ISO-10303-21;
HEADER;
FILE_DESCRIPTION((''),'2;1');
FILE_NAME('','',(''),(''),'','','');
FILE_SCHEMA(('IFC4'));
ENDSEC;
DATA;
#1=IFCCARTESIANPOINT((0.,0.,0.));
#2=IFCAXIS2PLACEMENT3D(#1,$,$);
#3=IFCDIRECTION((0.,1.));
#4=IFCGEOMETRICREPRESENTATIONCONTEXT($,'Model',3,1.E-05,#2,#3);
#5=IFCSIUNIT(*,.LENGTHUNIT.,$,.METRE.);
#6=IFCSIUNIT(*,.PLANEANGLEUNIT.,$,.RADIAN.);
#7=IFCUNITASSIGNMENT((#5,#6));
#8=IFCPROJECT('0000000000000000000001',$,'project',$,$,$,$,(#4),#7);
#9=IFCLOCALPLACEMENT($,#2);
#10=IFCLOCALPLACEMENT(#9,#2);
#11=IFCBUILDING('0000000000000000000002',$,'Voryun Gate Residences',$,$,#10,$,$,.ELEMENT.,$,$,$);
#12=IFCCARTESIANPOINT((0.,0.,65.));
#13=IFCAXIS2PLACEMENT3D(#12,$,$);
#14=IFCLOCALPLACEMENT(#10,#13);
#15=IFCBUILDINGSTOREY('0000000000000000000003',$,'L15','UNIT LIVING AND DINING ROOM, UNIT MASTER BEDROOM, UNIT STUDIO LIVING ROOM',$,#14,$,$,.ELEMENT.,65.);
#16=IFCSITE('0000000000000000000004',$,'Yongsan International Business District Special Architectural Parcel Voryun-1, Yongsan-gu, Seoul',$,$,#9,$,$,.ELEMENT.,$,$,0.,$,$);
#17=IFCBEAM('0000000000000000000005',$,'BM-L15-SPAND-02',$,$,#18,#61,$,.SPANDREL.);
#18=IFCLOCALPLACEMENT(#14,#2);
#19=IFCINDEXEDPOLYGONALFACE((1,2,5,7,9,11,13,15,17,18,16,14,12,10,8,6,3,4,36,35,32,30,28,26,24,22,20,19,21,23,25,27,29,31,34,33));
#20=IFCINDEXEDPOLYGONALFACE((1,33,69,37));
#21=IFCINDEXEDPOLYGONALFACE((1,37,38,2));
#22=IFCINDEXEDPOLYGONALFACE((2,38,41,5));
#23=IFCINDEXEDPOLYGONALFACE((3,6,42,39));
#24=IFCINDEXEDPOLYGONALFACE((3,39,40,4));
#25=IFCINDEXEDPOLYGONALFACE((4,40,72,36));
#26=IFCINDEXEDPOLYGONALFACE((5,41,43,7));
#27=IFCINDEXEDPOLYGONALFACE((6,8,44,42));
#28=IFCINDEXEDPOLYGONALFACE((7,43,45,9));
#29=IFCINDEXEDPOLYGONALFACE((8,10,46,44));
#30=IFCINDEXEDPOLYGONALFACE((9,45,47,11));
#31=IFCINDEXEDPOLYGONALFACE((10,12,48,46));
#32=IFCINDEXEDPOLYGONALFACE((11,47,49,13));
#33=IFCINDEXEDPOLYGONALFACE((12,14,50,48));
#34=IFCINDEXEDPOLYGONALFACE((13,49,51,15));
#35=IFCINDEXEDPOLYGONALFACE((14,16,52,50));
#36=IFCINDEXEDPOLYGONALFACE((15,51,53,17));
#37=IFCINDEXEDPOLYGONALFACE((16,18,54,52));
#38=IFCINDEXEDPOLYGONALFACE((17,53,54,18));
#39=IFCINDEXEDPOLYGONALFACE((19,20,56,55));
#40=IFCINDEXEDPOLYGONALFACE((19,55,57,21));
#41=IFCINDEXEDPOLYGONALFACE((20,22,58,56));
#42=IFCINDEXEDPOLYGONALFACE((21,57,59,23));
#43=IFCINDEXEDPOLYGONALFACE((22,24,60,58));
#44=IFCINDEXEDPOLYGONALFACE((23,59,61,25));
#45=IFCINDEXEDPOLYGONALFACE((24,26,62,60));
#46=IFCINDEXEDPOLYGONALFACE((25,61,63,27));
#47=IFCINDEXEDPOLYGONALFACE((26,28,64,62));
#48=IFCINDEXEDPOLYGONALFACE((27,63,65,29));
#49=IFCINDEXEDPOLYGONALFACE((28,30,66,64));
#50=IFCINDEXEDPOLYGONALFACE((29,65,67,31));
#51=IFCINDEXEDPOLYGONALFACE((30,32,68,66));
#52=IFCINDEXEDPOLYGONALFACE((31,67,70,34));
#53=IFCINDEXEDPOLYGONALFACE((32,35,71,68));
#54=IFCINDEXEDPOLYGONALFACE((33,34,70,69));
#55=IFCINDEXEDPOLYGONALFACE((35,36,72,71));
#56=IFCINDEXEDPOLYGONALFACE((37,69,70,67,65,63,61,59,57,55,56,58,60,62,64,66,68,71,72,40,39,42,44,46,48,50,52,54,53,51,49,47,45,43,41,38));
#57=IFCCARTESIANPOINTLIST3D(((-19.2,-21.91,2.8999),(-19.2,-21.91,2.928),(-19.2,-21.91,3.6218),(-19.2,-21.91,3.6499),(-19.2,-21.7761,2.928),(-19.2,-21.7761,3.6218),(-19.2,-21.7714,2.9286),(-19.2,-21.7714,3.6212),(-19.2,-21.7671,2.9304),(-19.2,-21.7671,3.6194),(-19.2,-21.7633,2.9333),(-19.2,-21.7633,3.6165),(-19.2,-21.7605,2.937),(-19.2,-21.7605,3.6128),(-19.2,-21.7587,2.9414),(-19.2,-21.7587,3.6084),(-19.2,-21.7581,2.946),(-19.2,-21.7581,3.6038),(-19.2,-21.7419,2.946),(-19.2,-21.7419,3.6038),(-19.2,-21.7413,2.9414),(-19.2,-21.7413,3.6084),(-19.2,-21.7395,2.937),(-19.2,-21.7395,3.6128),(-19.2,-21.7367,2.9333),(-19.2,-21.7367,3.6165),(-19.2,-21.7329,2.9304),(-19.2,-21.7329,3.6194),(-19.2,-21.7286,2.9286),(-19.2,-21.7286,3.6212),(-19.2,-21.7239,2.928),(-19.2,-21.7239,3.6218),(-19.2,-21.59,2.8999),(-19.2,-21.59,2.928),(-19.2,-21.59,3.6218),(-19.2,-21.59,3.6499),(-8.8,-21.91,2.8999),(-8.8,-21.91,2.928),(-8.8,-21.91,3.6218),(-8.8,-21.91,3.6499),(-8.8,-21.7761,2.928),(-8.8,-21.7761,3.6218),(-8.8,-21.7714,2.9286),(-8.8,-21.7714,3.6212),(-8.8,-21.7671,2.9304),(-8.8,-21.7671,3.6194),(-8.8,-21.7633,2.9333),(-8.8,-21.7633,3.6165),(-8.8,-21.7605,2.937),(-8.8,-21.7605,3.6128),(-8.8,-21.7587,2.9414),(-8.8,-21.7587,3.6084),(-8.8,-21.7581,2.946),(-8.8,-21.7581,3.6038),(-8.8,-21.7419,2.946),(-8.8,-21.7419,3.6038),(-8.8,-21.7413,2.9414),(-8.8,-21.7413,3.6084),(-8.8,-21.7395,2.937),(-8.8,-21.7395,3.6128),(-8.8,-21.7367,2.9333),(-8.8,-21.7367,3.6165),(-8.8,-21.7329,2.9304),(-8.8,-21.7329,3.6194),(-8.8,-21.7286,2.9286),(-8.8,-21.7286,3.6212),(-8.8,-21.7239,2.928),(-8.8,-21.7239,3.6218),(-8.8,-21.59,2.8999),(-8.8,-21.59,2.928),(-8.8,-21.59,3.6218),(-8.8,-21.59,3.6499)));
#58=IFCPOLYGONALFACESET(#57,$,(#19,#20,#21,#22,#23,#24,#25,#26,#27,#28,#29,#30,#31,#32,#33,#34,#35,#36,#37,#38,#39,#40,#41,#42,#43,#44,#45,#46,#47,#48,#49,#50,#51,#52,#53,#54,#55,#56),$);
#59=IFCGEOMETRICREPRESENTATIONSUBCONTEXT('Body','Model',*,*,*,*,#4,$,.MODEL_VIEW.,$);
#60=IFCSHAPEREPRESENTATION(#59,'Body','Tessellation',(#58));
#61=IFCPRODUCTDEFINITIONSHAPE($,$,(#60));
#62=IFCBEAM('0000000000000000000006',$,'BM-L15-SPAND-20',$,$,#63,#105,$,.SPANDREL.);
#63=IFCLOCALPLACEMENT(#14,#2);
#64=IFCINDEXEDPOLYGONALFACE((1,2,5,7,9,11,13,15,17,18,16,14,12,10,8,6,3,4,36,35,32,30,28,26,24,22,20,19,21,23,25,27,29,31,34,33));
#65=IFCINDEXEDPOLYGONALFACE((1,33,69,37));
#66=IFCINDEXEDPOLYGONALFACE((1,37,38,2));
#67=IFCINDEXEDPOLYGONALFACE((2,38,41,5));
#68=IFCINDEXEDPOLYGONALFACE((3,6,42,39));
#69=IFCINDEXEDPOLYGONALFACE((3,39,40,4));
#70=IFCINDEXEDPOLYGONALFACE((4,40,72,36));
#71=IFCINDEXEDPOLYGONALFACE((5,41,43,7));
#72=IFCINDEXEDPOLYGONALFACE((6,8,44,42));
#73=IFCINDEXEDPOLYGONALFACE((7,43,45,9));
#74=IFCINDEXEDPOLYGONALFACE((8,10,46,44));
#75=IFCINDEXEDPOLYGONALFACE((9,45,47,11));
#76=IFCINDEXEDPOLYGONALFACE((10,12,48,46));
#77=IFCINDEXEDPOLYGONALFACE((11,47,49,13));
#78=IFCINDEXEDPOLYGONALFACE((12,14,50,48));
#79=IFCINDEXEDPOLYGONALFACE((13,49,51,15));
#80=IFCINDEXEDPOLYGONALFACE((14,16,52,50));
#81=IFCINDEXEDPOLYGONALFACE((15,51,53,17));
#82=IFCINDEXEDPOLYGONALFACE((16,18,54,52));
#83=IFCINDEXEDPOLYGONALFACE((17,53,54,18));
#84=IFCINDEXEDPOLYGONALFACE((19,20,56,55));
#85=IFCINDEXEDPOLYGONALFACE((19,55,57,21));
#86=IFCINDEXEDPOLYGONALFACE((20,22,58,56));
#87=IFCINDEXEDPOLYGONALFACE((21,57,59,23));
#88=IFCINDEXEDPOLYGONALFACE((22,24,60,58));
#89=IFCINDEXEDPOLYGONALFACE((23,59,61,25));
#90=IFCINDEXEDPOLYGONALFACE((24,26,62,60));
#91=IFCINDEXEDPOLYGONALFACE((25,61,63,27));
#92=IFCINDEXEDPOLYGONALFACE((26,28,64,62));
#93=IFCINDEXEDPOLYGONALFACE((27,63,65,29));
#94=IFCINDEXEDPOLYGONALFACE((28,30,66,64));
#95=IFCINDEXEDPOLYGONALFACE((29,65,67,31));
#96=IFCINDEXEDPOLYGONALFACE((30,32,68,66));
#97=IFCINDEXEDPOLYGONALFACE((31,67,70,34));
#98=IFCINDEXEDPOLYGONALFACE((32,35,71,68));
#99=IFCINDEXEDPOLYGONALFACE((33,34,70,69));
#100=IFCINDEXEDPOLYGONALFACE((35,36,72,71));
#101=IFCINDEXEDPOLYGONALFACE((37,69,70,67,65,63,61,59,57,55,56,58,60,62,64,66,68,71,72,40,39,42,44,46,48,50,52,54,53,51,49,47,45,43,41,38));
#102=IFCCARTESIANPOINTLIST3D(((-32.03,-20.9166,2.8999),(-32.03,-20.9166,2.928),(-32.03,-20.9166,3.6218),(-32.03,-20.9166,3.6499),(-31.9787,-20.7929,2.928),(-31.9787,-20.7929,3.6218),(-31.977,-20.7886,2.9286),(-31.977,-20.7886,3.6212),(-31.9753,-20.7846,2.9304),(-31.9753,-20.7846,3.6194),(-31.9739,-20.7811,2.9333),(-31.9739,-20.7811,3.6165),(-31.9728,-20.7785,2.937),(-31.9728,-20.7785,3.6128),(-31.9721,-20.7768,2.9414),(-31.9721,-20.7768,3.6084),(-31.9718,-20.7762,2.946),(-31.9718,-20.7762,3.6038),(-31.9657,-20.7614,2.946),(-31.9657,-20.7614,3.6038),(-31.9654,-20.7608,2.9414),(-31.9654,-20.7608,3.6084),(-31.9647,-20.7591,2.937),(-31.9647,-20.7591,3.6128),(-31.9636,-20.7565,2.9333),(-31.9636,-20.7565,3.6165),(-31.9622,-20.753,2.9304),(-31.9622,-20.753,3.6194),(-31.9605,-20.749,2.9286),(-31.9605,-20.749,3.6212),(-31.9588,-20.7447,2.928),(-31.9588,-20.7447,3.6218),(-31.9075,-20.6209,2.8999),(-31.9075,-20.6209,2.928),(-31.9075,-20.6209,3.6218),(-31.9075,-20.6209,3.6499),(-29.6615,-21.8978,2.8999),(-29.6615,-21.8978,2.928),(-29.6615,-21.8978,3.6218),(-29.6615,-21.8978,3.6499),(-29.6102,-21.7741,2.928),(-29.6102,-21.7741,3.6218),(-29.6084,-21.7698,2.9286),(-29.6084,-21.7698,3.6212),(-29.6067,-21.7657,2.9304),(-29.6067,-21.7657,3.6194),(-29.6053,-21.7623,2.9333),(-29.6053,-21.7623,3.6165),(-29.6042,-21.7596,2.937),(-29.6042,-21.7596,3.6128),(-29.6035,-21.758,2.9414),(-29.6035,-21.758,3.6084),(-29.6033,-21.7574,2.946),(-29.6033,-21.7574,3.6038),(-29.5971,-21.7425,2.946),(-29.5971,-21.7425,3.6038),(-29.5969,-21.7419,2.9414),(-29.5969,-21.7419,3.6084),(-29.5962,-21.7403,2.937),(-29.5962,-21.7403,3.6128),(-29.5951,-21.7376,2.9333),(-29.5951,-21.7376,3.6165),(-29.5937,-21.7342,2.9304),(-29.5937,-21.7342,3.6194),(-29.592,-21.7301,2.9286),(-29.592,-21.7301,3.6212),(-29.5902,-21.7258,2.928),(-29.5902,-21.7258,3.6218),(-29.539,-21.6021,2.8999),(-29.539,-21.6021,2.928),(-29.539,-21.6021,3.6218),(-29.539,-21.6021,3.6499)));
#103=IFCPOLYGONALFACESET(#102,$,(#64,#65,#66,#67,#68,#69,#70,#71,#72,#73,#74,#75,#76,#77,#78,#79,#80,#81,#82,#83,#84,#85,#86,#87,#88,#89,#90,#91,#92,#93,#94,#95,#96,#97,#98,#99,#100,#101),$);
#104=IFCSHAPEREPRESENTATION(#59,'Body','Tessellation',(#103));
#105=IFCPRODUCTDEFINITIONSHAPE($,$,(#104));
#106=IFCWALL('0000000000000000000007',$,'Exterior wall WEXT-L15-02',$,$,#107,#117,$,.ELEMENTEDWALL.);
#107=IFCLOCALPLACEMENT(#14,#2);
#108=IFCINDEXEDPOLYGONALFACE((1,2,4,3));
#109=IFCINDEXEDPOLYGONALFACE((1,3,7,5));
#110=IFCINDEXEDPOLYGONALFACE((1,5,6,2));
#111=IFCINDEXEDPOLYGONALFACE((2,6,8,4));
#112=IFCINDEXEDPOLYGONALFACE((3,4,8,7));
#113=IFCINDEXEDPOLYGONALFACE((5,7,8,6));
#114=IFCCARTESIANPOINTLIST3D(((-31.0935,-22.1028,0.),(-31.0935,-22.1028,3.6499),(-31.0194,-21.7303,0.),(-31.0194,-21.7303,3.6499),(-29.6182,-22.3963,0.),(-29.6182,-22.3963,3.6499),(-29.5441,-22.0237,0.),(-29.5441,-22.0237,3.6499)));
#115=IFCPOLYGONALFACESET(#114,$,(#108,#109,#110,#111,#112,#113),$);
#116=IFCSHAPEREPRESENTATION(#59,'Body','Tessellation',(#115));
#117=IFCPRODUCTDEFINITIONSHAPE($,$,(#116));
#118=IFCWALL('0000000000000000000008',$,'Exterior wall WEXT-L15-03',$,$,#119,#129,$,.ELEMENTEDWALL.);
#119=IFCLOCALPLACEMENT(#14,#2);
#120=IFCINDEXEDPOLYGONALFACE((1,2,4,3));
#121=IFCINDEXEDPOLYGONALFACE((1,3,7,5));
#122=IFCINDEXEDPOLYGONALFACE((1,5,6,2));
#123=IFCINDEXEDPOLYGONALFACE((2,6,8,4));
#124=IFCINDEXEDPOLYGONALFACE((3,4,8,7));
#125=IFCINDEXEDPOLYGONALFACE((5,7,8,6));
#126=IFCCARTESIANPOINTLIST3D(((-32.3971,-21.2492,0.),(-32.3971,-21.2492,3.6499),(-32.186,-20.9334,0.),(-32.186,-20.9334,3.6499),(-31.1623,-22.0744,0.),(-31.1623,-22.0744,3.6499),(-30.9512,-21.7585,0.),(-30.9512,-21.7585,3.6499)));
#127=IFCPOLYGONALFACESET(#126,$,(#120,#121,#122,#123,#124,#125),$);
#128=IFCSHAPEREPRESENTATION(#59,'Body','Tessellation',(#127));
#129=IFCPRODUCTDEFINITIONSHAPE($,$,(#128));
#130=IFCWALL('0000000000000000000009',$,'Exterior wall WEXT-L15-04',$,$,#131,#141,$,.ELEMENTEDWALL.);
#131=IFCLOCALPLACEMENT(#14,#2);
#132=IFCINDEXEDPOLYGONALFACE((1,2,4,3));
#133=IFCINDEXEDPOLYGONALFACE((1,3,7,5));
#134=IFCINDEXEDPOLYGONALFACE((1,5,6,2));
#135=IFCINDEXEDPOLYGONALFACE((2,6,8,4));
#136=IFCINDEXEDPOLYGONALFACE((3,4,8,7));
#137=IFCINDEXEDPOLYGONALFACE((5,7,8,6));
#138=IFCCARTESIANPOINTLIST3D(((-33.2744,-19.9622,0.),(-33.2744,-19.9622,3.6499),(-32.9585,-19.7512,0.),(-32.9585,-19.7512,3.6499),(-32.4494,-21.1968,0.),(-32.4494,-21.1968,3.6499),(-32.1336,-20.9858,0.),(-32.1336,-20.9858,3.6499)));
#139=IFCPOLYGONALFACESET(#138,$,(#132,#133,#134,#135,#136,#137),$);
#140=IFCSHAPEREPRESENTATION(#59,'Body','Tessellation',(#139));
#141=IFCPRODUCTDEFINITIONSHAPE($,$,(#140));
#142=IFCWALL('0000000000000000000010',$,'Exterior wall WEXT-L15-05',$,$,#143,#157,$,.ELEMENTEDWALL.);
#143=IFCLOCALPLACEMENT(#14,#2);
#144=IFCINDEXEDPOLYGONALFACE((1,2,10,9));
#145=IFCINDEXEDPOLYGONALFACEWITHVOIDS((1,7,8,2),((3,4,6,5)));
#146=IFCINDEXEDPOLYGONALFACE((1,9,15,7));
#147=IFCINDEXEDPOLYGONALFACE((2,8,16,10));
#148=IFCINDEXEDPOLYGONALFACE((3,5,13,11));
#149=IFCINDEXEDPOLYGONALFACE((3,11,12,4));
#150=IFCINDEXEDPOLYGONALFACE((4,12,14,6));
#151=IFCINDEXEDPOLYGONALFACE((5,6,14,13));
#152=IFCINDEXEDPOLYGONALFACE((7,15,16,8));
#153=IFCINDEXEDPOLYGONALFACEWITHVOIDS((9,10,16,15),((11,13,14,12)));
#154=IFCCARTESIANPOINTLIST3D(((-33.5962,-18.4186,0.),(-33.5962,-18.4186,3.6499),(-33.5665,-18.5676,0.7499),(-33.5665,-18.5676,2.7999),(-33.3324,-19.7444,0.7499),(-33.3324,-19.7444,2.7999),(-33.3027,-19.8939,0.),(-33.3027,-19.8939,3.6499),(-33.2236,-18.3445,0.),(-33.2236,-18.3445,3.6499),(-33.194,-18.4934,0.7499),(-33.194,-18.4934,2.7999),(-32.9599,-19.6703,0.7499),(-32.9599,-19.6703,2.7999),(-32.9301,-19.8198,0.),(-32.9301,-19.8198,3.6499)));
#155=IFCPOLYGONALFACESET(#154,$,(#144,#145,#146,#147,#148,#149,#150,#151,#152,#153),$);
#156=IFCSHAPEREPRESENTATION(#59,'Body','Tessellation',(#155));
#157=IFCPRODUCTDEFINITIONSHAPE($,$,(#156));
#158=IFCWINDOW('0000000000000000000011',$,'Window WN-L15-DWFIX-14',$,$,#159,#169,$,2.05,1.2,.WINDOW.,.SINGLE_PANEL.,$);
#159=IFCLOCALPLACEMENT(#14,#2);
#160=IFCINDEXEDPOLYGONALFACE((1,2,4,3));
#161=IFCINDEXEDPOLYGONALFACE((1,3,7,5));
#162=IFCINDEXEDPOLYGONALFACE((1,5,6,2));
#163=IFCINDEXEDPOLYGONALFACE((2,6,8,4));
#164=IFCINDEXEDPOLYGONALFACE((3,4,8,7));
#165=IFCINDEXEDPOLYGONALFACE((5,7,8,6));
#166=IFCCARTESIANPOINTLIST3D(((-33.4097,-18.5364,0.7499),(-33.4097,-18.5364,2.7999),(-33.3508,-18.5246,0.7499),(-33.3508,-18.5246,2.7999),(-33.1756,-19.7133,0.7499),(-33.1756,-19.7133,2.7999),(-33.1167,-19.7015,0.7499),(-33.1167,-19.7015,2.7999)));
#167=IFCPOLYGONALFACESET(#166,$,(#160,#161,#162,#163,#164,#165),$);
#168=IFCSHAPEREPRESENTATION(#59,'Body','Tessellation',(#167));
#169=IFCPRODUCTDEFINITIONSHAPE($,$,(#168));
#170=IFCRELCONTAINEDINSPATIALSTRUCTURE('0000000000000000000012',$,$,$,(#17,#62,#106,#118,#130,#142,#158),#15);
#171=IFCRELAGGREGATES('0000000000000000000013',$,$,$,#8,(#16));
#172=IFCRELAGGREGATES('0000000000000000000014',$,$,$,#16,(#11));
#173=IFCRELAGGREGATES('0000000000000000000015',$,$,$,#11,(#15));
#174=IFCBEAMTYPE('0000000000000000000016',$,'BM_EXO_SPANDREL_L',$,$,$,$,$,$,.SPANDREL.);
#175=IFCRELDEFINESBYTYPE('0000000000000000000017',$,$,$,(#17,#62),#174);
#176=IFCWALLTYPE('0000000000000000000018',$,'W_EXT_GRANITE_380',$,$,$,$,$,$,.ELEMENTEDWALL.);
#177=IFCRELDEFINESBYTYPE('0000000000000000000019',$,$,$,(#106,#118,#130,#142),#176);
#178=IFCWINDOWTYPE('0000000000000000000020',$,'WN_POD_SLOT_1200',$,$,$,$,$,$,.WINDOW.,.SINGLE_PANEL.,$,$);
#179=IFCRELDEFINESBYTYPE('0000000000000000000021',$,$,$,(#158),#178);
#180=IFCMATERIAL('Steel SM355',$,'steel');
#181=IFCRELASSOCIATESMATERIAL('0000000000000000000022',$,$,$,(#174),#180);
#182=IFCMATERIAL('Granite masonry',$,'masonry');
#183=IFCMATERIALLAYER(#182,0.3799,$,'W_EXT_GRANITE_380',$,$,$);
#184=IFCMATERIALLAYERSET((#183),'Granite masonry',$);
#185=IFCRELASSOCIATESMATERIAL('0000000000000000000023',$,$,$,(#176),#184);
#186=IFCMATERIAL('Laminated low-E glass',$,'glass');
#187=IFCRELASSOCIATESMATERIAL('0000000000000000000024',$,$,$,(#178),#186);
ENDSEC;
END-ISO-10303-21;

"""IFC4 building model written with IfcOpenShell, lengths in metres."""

from ifc_helpers import new_model, si_unit, direction, frame, frame_2d, origin, origin_2d, place, context, subcontext, project, spatial, rectangle, i_section, extrude, material, layer, layer_set, material_profile, profile_set, type_object, element, fill, save


model = new_model("IFC4")

# Units and contexts
model_context = context("Model", 3, precision=1e-05, world=origin(), true_north=direction((0.0, 1.0)))
body_context = subcontext(model_context, "Body", "Model", "MODEL_VIEW")
ifc_project = project(units=[si_unit("LENGTHUNIT", "METRE"), si_unit("PLANEANGLEUNIT", "RADIAN")], contexts=[model_context])

# Site, building, storey
site_placement = place(None, origin())
site = spatial("IfcSite", under=ifc_project, at=site_placement, Name="Yongsan International Business District Special Architectural Parcel Voryun-1, Yongsan-gu, Seoul", CompositionType="ELEMENT", RefElevation=0.0)
building_placement = place(site_placement, origin())
building = spatial("IfcBuilding", under=site, at=building_placement, Name="Voryun Gate Residences", CompositionType="ELEMENT")
storey_placement = place(building_placement, frame((0.0, 0.0, 65.0)))
storey = spatial("IfcBuildingStorey", under=building, at=storey_placement, Name="L15", Description="UNIT LIVING AND DINING ROOM, UNIT MASTER BEDROOM, UNIT STUDIO LIVING ROOM", CompositionType="ELEMENT", Elevation=65.0)

# Beams
ifc_material_1 = material(Name="Steel SM355", Category="steel")
ifc_material_profile_1 = material_profile(ifc_material_1, i_section(OverallWidth=0.3201, OverallDepth=0.75, WebThickness=0.0161, FlangeThickness=0.0281, FilletRadius=0.0181, at=origin_2d()), Name="H-750x320x16x28")
ifc_profile_set_1 = profile_set([ifc_material_profile_1], Name="Steel SM355")
beam_type = type_object("IfcBeamType", Name="BM_EXO_SPANDREL_L", PredefinedType="SPANDREL", material=ifc_profile_set_1)
beam_1_placement = place(storey_placement, frame((-19.2, -21.75, 3.2749), z_axis=(1.0, 0.0, 0.0), x_axis=(0.0, 1.0, 0.0)))
element("IfcBeam", 1, at=beam_1_placement, inside=storey, type_object=beam_type, Name="BM-L15-SPAND-02", PredefinedType="SPANDREL", context=body_context, shape_type="SweptSolid", body=[
    extrude(i_section(OverallWidth=0.3201, OverallDepth=0.75, WebThickness=0.0161, FlangeThickness=0.0281, FilletRadius=0.0181, at=origin_2d()), origin(), (0.0, 0.0, 1.0), 10.3999),
])
beam_2_placement = place(storey_placement, frame((-31.9688, -20.7688, 3.2749), z_axis=(0.923869, -0.382708, 0.0), x_axis=(0.382708, 0.923869, 0.0)))
element("IfcBeam", 2, at=beam_2_placement, inside=storey, type_object=beam_type, Name="BM-L15-SPAND-20", PredefinedType="SPANDREL", context=body_context, shape_type="SweptSolid", body=[
    extrude(i_section(OverallWidth=0.3201, OverallDepth=0.75, WebThickness=0.0161, FlangeThickness=0.0281, FilletRadius=0.0181, at=origin_2d()), origin(), (0.0, 0.0, 1.0), 2.5637),
])

# Walls
ifc_material_2 = material(Name="Granite masonry", Category="masonry")
ifc_layer_1 = layer(ifc_material_2, 0.3799, Name="W_EXT_GRANITE_380")
ifc_layer_set_1 = layer_set([ifc_layer_1], Name="Granite masonry")
wall_type_1 = type_object("IfcWallType", Name="W_EXT_GRANITE_380", PredefinedType="ELEMENTEDWALL", material=ifc_layer_set_1)
wall_1_placement = place(storey_placement, frame((-29.5813, -22.21, 0.0), z_axis=(0.0, 0.0, 1.0), x_axis=(-0.980786, 0.195086, 0.0)))
element("IfcWall", 3, at=wall_1_placement, inside=storey, type_object=wall_type_1, Name="Exterior wall WEXT-L15-02", PredefinedType="ELEMENTEDWALL", context=body_context, shape_type="SweptSolid", body=[
    extrude(rectangle(XDim=1.5042, YDim=0.3799, at=frame_2d((0.752, 0.0))), origin(), (0.0, 0.0, 1.0), 3.6499),
])
wall_2_placement = place(storey_placement, frame((-31.0566, -21.9165, 0.0), z_axis=(0.0, 0.0, 1.0), x_axis=(-0.831443, 0.55561, 0.0)))
element("IfcWall", 4, at=wall_2_placement, inside=storey, type_object=wall_type_1, Name="Exterior wall WEXT-L15-03", PredefinedType="ELEMENTEDWALL", context=body_context, shape_type="SweptSolid", body=[
    extrude(rectangle(XDim=1.4851, YDim=0.3799, at=frame_2d((0.7427, 0.0))), origin(), (0.0, 0.0, 1.0), 3.6499),
])
wall_3_placement = place(storey_placement, frame((-32.2915, -21.0913, 0.0), z_axis=(0.0, 0.0, 1.0), x_axis=(-0.555573, 0.831468, 0.0)))
element("IfcWall", 5, at=wall_3_placement, inside=storey, type_object=wall_type_1, Name="Exterior wall WEXT-L15-04", PredefinedType="ELEMENTEDWALL", context=body_context, shape_type="SweptSolid", body=[
    extrude(rectangle(XDim=1.4849, YDim=0.3799, at=frame_2d((0.7424, 0.0))), origin(), (0.0, 0.0, 1.0), 3.6499),
])

# Wall, opening, window
wall_4_placement = place(storey_placement, frame((-33.1165, -19.8567, 0.0), z_axis=(0.0, 0.0, 1.0), x_axis=(-0.195086, 0.980786, 0.0)))
wall_4 = element("IfcWall", 6, at=wall_4_placement, inside=storey, type_object=wall_type_1, Name="Exterior wall WEXT-L15-05", PredefinedType="ELEMENTEDWALL", context=body_context, shape_type="SweptSolid", body=[
    extrude(rectangle(XDim=1.5042, YDim=0.3799, at=frame_2d((0.752, 0.0))), origin(), (0.0, 0.0, 1.0), 3.6499),
])
opening_1_placement = place(wall_4_placement, frame((0.1521, 0.0, 0.75)))
opening_1 = element("IfcOpeningElement", 7, at=opening_1_placement, cuts=wall_4, PredefinedType="OPENING", context=body_context, shape_type="SweptSolid", body=[
    extrude(rectangle(XDim=1.2, YDim=2.05, at=frame_2d((0.6001, 1.0249))), frame((0.0, 0.2, 0.0), z_axis=(0.0, -1.0, 0.0), x_axis=(1.0, 0.0, 0.0)), (0.0, 0.0, 1.0), 0.3999),
])
ifc_material_3 = material(Name="Laminated low-E glass", Category="glass")
window_type = type_object("IfcWindowType", Name="WN_POD_SLOT_1200", PartitioningType="SINGLE_PANEL", PredefinedType="WINDOW", material=ifc_material_3)
window_1_placement = place(opening_1_placement, origin())
window_1 = element("IfcWindow", 8, at=window_1_placement, inside=storey, type_object=window_type, Name="Window WN-L15-DWFIX-14", OverallHeight=2.05, OverallWidth=1.2, PartitioningType="SINGLE_PANEL", PredefinedType="WINDOW", context=body_context, shape_type="SweptSolid", body=[
    extrude(rectangle(XDim=1.2, YDim=2.05, at=frame_2d((0.6001, 1.0249))), frame((0.0, 0.03, 0.0), z_axis=(0.0, -1.0, 0.0), x_axis=(1.0, 0.0, 0.0)), (0.0, 0.0, 1.0), 0.0601),
])
fill(opening_1, window_1)

save(model, "model.ifc")
